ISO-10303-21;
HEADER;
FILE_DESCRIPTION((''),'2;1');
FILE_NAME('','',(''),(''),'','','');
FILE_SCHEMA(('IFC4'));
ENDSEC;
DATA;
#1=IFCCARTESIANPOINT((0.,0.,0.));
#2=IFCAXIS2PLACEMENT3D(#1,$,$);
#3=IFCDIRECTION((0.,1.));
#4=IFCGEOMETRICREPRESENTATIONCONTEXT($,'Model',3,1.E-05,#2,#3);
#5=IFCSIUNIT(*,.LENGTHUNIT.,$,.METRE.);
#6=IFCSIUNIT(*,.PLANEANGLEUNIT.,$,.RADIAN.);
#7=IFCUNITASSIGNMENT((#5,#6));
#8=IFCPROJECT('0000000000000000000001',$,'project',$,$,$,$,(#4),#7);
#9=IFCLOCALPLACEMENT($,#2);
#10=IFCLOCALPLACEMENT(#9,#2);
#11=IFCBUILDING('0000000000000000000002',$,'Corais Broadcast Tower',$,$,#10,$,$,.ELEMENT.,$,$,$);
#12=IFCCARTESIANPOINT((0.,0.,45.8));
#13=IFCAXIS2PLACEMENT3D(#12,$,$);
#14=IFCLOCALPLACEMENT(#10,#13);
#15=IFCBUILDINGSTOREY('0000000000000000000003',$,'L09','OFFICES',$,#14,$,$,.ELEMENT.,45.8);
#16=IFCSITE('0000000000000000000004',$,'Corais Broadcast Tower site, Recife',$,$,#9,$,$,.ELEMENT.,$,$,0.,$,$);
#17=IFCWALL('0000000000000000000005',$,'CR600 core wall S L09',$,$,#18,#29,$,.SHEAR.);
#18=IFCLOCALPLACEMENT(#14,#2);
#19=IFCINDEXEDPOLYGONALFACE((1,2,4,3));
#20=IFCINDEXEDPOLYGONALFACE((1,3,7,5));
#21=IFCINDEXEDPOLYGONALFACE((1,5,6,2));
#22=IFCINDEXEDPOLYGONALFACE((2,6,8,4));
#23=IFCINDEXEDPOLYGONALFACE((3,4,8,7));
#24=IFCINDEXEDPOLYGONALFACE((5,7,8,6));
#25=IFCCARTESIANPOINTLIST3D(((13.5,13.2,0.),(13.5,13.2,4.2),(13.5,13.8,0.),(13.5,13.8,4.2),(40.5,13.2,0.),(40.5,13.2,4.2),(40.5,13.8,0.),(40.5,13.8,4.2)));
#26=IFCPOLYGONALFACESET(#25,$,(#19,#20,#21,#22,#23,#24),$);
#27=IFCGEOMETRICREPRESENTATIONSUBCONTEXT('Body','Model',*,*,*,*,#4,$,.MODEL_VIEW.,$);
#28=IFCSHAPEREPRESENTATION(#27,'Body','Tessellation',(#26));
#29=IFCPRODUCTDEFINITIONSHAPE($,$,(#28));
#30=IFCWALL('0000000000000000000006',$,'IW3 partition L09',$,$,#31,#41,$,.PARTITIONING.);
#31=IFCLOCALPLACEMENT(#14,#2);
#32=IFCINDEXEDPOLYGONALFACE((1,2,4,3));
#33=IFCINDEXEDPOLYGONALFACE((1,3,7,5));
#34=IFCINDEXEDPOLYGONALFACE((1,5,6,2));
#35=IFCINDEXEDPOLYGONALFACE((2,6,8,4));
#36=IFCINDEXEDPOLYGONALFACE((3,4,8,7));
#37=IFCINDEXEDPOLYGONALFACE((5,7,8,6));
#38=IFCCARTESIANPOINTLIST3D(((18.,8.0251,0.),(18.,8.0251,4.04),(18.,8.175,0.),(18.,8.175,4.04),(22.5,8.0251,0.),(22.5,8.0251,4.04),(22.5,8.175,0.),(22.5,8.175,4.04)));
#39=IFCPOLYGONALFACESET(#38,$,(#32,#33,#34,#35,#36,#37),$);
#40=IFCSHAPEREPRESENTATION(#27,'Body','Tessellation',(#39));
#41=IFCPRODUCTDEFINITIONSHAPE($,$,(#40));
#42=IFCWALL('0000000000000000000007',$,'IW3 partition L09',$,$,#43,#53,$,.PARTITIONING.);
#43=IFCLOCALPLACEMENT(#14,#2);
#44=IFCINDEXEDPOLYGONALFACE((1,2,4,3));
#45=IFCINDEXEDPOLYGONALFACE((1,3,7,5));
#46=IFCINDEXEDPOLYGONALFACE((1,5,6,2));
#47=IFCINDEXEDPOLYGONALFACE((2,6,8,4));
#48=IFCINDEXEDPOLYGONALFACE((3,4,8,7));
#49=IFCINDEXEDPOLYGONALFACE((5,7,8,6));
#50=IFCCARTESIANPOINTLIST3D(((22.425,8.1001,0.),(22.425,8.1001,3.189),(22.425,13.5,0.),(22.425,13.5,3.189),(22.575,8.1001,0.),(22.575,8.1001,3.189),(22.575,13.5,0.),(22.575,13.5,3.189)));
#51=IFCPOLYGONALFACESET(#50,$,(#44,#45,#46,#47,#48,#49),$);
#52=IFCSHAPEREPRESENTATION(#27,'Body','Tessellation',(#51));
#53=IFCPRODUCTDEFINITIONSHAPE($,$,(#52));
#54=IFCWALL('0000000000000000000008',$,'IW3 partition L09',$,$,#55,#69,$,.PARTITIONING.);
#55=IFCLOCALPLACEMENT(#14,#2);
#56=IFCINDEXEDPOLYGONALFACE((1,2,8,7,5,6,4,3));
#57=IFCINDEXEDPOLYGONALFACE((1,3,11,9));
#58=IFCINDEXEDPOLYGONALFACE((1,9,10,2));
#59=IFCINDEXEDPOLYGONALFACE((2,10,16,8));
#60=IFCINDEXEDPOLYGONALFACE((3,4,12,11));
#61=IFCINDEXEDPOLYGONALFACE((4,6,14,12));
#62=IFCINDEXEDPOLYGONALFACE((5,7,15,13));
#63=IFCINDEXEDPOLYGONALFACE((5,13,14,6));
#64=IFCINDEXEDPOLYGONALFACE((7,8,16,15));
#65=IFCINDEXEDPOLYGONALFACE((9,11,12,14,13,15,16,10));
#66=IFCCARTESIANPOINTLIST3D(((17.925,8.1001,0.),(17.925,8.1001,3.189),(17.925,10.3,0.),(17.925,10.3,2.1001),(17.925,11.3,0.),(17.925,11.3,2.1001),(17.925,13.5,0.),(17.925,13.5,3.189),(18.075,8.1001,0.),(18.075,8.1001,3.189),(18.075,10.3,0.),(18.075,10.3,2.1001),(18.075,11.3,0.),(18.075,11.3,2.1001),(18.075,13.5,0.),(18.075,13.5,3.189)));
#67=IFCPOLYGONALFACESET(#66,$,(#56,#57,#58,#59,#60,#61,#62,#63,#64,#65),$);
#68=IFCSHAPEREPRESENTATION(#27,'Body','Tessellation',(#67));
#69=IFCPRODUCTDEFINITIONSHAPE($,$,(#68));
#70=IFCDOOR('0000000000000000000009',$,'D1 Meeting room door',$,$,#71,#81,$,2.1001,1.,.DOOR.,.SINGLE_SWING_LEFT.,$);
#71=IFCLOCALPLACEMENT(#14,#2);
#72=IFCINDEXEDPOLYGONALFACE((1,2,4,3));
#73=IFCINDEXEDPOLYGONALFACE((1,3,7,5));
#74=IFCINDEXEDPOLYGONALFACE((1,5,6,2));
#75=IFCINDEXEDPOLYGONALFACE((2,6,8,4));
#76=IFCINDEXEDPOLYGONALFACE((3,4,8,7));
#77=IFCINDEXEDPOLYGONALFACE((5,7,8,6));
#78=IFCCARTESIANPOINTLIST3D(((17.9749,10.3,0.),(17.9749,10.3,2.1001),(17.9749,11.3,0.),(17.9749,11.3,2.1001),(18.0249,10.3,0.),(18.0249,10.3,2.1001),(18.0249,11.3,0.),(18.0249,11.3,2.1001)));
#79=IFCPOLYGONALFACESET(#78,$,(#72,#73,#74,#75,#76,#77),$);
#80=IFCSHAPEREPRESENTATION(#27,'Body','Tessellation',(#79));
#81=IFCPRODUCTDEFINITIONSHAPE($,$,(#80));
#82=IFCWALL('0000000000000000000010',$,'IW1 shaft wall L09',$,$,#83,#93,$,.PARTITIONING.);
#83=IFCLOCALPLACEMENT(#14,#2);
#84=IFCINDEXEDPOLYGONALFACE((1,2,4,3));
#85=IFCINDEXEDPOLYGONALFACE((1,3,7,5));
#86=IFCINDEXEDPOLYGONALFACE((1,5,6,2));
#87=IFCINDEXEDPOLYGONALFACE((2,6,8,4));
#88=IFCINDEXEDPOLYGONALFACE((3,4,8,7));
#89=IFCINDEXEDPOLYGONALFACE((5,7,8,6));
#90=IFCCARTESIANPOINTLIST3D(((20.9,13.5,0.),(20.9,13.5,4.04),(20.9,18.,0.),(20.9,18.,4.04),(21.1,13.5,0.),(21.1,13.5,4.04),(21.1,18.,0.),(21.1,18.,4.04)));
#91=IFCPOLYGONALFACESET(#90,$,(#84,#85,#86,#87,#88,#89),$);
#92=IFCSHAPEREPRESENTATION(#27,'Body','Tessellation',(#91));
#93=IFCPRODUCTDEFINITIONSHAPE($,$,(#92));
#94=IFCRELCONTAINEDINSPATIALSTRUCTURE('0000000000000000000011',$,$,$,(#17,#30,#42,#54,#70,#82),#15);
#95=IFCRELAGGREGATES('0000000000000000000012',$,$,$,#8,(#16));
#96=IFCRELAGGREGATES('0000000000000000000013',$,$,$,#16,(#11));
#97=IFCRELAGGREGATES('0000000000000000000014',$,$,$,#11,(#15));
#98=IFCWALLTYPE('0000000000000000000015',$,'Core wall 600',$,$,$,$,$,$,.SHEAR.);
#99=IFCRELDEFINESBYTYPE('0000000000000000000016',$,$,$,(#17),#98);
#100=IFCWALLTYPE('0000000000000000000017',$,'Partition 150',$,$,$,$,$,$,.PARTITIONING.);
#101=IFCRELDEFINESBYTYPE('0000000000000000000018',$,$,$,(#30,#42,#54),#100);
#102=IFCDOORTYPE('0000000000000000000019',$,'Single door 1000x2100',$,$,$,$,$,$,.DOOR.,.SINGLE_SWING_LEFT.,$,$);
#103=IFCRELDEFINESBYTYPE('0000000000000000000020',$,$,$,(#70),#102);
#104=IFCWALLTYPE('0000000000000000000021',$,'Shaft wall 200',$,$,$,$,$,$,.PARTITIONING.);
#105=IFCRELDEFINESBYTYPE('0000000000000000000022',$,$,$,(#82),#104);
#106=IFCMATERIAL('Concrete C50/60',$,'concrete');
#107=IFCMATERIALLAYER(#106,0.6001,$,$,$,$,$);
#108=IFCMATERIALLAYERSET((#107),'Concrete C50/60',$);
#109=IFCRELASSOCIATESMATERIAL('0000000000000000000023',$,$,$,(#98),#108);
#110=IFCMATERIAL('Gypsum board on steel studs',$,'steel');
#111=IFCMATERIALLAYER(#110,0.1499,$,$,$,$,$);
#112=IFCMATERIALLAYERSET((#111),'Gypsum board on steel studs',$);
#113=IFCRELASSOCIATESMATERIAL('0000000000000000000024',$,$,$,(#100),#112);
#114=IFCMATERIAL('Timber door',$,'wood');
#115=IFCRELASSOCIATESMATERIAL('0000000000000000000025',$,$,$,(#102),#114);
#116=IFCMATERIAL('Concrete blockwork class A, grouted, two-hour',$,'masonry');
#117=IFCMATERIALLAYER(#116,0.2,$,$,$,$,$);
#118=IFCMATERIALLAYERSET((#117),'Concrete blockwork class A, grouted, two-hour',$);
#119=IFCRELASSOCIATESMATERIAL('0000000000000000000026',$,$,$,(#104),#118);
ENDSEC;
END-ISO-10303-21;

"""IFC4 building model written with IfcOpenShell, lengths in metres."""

from ifc_helpers import new_model, si_unit, direction, frame, frame_2d, origin, place, context, subcontext, project, spatial, rectangle, extrude, material, layer, layer_set, type_object, element, fill, save


model = new_model("IFC4")

# Units and contexts
model_context = context("Model", 3, precision=1e-05, world=origin(), true_north=direction((0.0, 1.0)))
body_context = subcontext(model_context, "Body", "Model", "MODEL_VIEW")
ifc_project = project(units=[si_unit("LENGTHUNIT", "METRE"), si_unit("PLANEANGLEUNIT", "RADIAN")], contexts=[model_context])

# Site, building, storey
site_placement = place(None, origin())
site = spatial("IfcSite", under=ifc_project, at=site_placement, Name="Corais Broadcast Tower site, Recife", CompositionType="ELEMENT", RefElevation=0.0)
building_placement = place(site_placement, origin())
building = spatial("IfcBuilding", under=site, at=building_placement, Name="Corais Broadcast Tower", CompositionType="ELEMENT")
storey_placement = place(building_placement, frame((0.0, 0.0, 45.8)))
storey = spatial("IfcBuildingStorey", under=building, at=storey_placement, Name="L09", Description="OFFICES", CompositionType="ELEMENT", Elevation=45.8)

# Walls
ifc_material_1 = material(Name="Concrete C50/60", Category="concrete")
ifc_layer_1 = layer(ifc_material_1, 0.6001)
ifc_layer_set_1 = layer_set([ifc_layer_1], Name="Concrete C50/60")
wall_type_1 = type_object("IfcWallType", Name="Core wall 600", PredefinedType="SHEAR", material=ifc_layer_set_1)
wall_1_placement = place(storey_placement, frame((13.5, 13.5, 0.0), z_axis=(0.0, 0.0, 1.0), x_axis=(1.0, 0.0, 0.0)))
element("IfcWall", 1, at=wall_1_placement, inside=storey, type_object=wall_type_1, Name="CR600 core wall S L09", PredefinedType="SHEAR", context=body_context, shape_type="SweptSolid", body=[
    extrude(rectangle(XDim=27.0, YDim=0.6001, at=frame_2d((13.5, 0.0))), origin(), (0.0, 0.0, 1.0), 4.2),
])
ifc_material_2 = material(Name="Gypsum board on steel studs", Category="steel")
ifc_layer_2 = layer(ifc_material_2, 0.1499)
ifc_layer_set_2 = layer_set([ifc_layer_2], Name="Gypsum board on steel studs")
wall_type_2 = type_object("IfcWallType", Name="Partition 150", PredefinedType="PARTITIONING", material=ifc_layer_set_2)
wall_2_placement = place(storey_placement, frame((18.0, 8.1001, 0.0), z_axis=(0.0, 0.0, 1.0), x_axis=(1.0, 0.0, 0.0)))
element("IfcWall", 2, at=wall_2_placement, inside=storey, type_object=wall_type_2, Name="IW3 partition L09", PredefinedType="PARTITIONING", context=body_context, shape_type="SweptSolid", body=[
    extrude(rectangle(XDim=4.5, YDim=0.1499, at=frame_2d((2.25, 0.0))), origin(), (0.0, 0.0, 1.0), 4.04),
])
wall_3_placement = place(storey_placement, frame((22.5, 8.1001, 0.0), z_axis=(0.0, 0.0, 1.0), x_axis=(0.0, 1.0, 0.0)))
element("IfcWall", 3, at=wall_3_placement, inside=storey, type_object=wall_type_2, Name="IW3 partition L09", PredefinedType="PARTITIONING", context=body_context, shape_type="SweptSolid", body=[
    extrude(rectangle(XDim=5.3999, YDim=0.1499, at=frame_2d((2.7, 0.0))), origin(), (0.0, 0.0, 1.0), 3.189),
])

# Wall, opening, door
wall_4_placement = place(storey_placement, frame((18.0, 13.5, 0.0), z_axis=(0.0, 0.0, 1.0), x_axis=(0.0, -1.0, 0.0)))
wall_4 = element("IfcWall", 4, at=wall_4_placement, inside=storey, type_object=wall_type_2, Name="IW3 partition L09", PredefinedType="PARTITIONING", context=body_context, shape_type="SweptSolid", body=[
    extrude(rectangle(XDim=5.3999, YDim=0.1499, at=frame_2d((2.7, 0.0))), origin(), (0.0, 0.0, 1.0), 3.189),
])
opening_1_placement = place(wall_4_placement, frame((2.2, 0.0, 0.0)))
opening_1 = element("IfcOpeningElement", 5, at=opening_1_placement, cuts=wall_4, PredefinedType="OPENING", context=body_context, shape_type="SweptSolid", body=[
    extrude(rectangle(XDim=1.0, YDim=2.1001, at=frame_2d((0.5, 1.05))), frame((0.0, 0.085, 0.0), z_axis=(0.0, -1.0, 0.0), x_axis=(1.0, 0.0, 0.0)), (0.0, 0.0, 1.0), 0.1699),
])
ifc_material_3 = material(Name="Timber door", Category="wood")
door_type_1 = type_object("IfcDoorType", Name="Single door 1000x2100", OperationType="SINGLE_SWING_LEFT", PredefinedType="DOOR", material=ifc_material_3)
door_1_placement = place(opening_1_placement, origin())
door_1 = element("IfcDoor", 6, at=door_1_placement, inside=storey, type_object=door_type_1, Name="D1 Meeting room door", OperationType="SINGLE_SWING_LEFT", OverallHeight=2.1001, OverallWidth=1.0, PredefinedType="DOOR", context=body_context, shape_type="SweptSolid", body=[
    extrude(rectangle(XDim=1.0, YDim=2.1001, at=frame_2d((0.5, 1.05))), frame((0.0, 0.0249, 0.0), z_axis=(0.0, -1.0, 0.0), x_axis=(1.0, 0.0, 0.0)), (0.0, 0.0, 1.0), 0.05),
])
fill(opening_1, door_1)

# Wall
ifc_material_4 = material(Name="Concrete blockwork class A, grouted, two-hour", Category="masonry")
ifc_layer_3 = layer(ifc_material_4, 0.2)
ifc_layer_set_3 = layer_set([ifc_layer_3], Name="Concrete blockwork class A, grouted, two-hour")
wall_type_3 = type_object("IfcWallType", Name="Shaft wall 200", PredefinedType="PARTITIONING", material=ifc_layer_set_3)
wall_5_placement = place(storey_placement, frame((21.0, 13.5, 0.0), z_axis=(0.0, 0.0, 1.0), x_axis=(0.0, 1.0, 0.0)))
element("IfcWall", 7, at=wall_5_placement, inside=storey, type_object=wall_type_3, Name="IW1 shaft wall L09", PredefinedType="PARTITIONING", context=body_context, shape_type="SweptSolid", body=[
    extrude(rectangle(XDim=4.5, YDim=0.2, at=frame_2d((2.25, 0.0))), origin(), (0.0, 0.0, 1.0), 4.04),
])

save(model, "model.ifc")
